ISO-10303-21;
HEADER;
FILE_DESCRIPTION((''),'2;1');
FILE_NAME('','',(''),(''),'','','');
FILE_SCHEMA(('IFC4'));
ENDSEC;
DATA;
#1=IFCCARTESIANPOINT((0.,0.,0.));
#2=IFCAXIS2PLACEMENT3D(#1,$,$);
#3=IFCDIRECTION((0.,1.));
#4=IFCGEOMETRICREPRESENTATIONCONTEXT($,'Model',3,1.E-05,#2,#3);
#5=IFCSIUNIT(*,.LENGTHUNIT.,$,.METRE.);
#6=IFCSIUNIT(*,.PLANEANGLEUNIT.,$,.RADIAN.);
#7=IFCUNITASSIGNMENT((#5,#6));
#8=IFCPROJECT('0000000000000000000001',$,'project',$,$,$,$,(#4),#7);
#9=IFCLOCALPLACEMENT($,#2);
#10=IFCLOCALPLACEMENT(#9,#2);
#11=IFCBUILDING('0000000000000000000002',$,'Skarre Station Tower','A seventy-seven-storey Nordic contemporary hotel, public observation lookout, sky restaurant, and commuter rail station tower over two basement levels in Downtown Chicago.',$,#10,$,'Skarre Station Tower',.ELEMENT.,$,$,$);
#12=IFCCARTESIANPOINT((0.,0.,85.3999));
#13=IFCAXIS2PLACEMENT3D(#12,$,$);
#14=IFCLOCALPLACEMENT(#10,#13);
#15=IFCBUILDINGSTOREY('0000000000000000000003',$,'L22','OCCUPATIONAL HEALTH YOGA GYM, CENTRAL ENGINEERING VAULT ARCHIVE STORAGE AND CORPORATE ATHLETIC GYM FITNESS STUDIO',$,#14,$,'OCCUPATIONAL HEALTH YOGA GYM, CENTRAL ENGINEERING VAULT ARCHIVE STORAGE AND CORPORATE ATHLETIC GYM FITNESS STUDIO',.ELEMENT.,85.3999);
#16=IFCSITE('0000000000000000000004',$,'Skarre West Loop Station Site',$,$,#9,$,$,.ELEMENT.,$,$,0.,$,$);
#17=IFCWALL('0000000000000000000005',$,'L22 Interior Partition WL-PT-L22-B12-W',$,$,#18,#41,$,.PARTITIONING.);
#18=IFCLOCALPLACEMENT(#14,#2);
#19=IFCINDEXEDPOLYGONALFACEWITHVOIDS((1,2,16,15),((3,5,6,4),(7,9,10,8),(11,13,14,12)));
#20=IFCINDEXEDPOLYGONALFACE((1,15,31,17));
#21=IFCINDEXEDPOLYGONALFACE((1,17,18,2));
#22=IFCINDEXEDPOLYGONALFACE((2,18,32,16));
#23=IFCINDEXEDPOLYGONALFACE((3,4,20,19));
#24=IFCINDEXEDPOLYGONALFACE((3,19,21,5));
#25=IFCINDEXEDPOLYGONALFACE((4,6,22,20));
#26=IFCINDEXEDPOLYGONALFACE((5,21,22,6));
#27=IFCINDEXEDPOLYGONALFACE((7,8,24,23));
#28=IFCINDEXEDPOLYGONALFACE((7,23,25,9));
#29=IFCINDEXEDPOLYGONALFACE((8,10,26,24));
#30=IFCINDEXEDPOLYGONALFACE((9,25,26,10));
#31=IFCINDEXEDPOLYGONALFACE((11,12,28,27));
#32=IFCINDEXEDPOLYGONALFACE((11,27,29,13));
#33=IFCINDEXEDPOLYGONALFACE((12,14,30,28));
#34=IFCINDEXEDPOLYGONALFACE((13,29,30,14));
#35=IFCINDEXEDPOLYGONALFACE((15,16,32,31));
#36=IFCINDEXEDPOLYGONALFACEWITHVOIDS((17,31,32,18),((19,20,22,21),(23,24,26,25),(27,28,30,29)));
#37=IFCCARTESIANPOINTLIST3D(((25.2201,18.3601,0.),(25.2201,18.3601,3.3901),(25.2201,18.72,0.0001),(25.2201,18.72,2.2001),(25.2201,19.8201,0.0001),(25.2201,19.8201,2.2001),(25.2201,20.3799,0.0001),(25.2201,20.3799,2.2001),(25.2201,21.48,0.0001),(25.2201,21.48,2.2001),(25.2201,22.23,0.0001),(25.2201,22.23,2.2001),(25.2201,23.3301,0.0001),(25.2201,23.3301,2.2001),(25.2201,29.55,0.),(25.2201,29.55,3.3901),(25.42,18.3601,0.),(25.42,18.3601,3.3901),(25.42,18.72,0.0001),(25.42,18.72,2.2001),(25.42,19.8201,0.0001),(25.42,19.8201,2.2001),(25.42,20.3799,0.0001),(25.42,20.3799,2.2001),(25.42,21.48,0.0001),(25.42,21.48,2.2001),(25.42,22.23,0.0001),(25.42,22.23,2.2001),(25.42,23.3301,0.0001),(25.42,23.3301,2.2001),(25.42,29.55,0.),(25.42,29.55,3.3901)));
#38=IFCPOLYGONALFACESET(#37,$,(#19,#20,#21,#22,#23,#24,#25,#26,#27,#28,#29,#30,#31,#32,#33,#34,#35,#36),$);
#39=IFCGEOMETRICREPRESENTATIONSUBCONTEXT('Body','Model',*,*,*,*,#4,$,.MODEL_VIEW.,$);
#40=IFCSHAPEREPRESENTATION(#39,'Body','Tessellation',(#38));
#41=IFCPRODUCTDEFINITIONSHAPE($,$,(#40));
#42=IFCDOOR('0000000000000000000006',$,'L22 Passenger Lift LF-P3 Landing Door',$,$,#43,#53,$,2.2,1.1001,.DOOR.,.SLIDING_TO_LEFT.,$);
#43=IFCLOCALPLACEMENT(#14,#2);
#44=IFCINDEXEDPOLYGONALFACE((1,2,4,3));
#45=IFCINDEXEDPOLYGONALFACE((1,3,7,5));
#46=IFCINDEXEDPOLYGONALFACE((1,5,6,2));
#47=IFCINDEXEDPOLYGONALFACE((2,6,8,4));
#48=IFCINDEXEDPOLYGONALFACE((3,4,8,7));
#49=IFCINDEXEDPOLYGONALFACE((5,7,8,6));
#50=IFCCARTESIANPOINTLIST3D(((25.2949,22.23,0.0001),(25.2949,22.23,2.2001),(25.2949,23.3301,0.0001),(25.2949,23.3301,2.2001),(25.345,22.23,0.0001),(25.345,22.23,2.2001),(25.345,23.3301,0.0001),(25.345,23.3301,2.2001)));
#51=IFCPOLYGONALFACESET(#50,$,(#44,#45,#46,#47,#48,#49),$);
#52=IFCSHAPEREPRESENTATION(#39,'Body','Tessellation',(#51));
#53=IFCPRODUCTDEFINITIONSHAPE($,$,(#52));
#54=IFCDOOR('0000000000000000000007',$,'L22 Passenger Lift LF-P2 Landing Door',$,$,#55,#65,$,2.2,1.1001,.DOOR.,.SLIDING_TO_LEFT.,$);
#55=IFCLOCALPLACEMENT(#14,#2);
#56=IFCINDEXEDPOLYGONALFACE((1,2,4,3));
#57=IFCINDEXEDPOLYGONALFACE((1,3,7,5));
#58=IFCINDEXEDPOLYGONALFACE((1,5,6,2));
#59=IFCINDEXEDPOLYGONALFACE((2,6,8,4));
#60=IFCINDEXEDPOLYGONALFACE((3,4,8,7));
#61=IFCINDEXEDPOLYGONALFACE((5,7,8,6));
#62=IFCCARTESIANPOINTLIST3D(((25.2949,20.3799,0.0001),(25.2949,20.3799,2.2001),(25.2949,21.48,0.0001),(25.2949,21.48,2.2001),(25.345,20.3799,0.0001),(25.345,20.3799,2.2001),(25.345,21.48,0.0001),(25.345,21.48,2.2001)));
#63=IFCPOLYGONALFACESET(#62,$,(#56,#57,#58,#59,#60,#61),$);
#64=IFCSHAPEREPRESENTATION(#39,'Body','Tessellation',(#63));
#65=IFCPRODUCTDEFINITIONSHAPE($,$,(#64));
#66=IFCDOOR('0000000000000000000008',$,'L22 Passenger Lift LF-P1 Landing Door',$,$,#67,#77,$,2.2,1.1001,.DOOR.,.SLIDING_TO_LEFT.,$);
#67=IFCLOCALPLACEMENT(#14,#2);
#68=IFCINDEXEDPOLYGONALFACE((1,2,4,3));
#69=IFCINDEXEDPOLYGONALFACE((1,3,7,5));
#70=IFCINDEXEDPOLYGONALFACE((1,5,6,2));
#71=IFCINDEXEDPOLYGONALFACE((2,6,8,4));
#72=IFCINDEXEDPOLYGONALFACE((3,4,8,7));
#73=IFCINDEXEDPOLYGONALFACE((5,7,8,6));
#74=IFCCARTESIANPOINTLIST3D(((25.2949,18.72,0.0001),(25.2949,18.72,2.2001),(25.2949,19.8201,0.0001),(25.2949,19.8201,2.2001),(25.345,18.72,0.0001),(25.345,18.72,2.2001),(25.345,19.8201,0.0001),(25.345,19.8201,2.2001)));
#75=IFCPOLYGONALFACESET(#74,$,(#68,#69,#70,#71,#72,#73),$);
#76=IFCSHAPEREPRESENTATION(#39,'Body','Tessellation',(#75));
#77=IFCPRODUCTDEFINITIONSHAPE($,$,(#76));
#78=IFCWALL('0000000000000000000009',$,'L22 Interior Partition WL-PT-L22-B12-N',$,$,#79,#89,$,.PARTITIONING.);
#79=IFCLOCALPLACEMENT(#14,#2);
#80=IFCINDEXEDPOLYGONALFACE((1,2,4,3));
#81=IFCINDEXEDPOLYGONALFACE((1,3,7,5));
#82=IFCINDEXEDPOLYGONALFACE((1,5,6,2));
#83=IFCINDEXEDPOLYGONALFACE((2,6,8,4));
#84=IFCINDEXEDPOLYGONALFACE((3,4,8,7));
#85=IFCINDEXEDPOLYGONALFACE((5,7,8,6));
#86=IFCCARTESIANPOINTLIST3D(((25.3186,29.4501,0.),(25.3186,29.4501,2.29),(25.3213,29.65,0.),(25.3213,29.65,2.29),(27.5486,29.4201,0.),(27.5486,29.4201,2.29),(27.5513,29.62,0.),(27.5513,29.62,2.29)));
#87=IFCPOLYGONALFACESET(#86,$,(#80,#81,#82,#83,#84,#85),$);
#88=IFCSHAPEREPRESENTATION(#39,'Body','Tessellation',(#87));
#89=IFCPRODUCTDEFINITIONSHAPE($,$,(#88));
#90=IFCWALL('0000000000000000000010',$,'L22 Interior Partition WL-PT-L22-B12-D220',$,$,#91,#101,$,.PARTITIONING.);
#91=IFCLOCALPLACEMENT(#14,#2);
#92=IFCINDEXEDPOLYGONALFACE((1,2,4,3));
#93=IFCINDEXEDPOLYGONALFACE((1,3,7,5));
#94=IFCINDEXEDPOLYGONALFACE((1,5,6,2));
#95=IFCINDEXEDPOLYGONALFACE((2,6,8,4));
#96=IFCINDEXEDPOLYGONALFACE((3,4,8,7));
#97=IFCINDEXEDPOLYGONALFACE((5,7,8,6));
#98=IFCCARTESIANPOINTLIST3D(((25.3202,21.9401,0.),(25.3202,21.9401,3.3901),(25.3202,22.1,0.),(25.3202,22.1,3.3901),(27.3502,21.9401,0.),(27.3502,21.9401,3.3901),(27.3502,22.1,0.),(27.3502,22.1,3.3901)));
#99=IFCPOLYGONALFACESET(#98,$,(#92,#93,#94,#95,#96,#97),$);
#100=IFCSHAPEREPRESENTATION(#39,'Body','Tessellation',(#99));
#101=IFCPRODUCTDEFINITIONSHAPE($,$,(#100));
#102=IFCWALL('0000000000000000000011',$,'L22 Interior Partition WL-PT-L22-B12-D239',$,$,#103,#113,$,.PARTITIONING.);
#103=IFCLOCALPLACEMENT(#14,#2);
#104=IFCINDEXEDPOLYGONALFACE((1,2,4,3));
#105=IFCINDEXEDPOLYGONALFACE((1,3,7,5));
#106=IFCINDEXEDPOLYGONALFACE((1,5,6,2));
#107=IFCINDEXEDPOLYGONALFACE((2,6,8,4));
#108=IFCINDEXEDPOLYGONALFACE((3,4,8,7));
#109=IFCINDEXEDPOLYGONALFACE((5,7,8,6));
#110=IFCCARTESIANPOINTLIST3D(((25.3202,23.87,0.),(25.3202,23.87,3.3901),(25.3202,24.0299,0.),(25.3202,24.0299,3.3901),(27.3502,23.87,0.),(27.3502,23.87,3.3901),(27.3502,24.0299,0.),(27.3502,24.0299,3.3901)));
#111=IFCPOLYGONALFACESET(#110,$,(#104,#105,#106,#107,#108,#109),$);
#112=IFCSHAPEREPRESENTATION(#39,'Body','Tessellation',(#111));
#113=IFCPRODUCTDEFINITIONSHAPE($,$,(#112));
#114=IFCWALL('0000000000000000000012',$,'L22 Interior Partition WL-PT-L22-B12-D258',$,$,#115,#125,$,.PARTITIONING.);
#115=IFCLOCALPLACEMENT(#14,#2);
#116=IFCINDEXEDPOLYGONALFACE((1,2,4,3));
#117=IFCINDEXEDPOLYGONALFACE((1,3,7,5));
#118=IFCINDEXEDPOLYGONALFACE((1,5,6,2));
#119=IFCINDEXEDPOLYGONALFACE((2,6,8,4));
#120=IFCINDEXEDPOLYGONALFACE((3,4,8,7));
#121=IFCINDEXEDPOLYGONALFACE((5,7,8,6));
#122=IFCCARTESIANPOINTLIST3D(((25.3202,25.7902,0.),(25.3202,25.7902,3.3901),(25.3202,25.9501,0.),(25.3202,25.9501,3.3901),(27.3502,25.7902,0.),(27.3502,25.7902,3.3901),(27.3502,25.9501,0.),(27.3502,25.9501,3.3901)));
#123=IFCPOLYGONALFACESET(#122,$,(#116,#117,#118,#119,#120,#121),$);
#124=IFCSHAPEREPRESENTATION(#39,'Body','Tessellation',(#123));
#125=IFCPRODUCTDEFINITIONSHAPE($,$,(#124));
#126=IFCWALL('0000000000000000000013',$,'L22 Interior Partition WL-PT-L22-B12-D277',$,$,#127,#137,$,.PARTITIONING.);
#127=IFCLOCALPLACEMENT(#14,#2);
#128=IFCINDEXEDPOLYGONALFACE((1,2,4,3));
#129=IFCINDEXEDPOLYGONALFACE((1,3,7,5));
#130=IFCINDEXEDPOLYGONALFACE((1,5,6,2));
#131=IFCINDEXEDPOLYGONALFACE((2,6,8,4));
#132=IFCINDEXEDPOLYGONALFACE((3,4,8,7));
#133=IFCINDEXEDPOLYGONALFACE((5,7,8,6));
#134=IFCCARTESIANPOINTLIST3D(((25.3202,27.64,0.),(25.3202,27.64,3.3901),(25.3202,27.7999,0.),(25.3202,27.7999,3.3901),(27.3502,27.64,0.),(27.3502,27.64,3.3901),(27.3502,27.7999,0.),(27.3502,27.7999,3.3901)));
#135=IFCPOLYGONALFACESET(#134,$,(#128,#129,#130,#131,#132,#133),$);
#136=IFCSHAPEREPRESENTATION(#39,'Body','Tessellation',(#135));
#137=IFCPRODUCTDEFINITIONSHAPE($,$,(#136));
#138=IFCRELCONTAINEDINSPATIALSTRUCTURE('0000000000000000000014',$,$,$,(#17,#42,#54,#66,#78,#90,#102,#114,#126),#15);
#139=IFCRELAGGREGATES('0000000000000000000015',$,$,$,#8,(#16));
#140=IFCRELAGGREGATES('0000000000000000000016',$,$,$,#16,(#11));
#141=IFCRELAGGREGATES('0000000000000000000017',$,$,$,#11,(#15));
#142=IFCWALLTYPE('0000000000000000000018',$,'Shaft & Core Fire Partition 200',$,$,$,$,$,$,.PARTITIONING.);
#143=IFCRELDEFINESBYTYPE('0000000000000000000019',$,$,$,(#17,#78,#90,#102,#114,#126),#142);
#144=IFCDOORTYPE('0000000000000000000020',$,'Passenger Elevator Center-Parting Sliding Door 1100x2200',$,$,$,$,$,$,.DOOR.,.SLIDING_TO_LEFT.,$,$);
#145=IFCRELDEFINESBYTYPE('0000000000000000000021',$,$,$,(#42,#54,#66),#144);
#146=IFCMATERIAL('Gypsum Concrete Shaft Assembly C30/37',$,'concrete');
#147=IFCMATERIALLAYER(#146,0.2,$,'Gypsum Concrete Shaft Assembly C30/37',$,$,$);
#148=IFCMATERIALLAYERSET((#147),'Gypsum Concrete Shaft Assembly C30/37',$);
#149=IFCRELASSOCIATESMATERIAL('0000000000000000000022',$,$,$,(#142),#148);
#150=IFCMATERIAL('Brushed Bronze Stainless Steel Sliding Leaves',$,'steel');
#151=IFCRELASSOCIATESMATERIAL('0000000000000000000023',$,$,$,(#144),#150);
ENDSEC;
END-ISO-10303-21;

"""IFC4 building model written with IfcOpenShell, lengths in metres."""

from ifc_helpers import new_model, si_unit, direction, frame, frame_2d, origin, place, context, subcontext, project, spatial, rectangle, extrude, material, layer, layer_set, type_object, element, fill, save


model = new_model("IFC4")

# Units and contexts
model_context = context("Model", 3, precision=1e-05, world=origin(), true_north=direction((0.0, 1.0)))
body_context = subcontext(model_context, "Body", "Model", "MODEL_VIEW")
ifc_project = project(units=[si_unit("LENGTHUNIT", "METRE"), si_unit("PLANEANGLEUNIT", "RADIAN")], contexts=[model_context])

# Site, building, storey
site_placement = place(None, origin())
site = spatial("IfcSite", under=ifc_project, at=site_placement, Name="Skarre West Loop Station Site", CompositionType="ELEMENT", RefElevation=0.0)
building_placement = place(site_placement, origin())
building = spatial("IfcBuilding", under=site, at=building_placement, Name="Skarre Station Tower", Description="A seventy-seven-storey Nordic contemporary hotel, public observation lookout, sky restaurant, and commuter rail station tower over two basement levels in Downtown Chicago.", LongName="Skarre Station Tower", CompositionType="ELEMENT")
storey_placement = place(building_placement, frame((0.0, 0.0, 85.3999)))
storey = spatial("IfcBuildingStorey", under=building, at=storey_placement, Name="L22", Description="OCCUPATIONAL HEALTH YOGA GYM, CENTRAL ENGINEERING VAULT ARCHIVE STORAGE AND CORPORATE ATHLETIC GYM FITNESS STUDIO", LongName="OCCUPATIONAL HEALTH YOGA GYM, CENTRAL ENGINEERING VAULT ARCHIVE STORAGE AND CORPORATE ATHLETIC GYM FITNESS STUDIO", CompositionType="ELEMENT", Elevation=85.3999)

# Shared definitions
ifc_material_1 = material(Name="Gypsum Concrete Shaft Assembly C30/37", Category="concrete")
ifc_layer_1 = layer(ifc_material_1, 0.2, Name="Gypsum Concrete Shaft Assembly C30/37")
ifc_layer_set_1 = layer_set([ifc_layer_1], Name="Gypsum Concrete Shaft Assembly C30/37")
wall_type_1 = type_object("IfcWallType", Name="Shaft & Core Fire Partition 200", PredefinedType="PARTITIONING", material=ifc_layer_set_1)

# Wall, openings, doors
wall_1_placement = place(storey_placement, frame((25.3201, 29.55, 0.0), z_axis=(0.0, 0.0, 1.0), x_axis=(0.0, -1.0, 0.0)))
wall_1 = element("IfcWall", 1, at=wall_1_placement, inside=storey, type_object=wall_type_1, Name="L22 Interior Partition WL-PT-L22-B12-W", PredefinedType="PARTITIONING", context=body_context, shape_type="SweptSolid", body=[
    extrude(rectangle(XDim=11.1899, YDim=0.2, at=frame_2d((5.595, 0.0))), origin(), (0.0, 0.0, 1.0), 3.3901),
])
opening_1_placement = place(wall_1_placement, frame((6.22, 0.0, 0.0)))
opening_1 = element("IfcOpeningElement", 2, at=opening_1_placement, cuts=wall_1, PredefinedType="OPENING", context=body_context, shape_type="SweptSolid", body=[
    extrude(rectangle(XDim=1.1001, YDim=2.2, at=frame_2d((0.55, 1.1001))), frame((0.0, 0.1099, 0.0), z_axis=(0.0, -1.0, 0.0), x_axis=(1.0, 0.0, 0.0)), (0.0, 0.0, 1.0), 0.22),
])
opening_2_placement = place(wall_1_placement, frame((8.0701, 0.0, 0.0)))
opening_2 = element("IfcOpeningElement", 3, at=opening_2_placement, cuts=wall_1, PredefinedType="OPENING", context=body_context, shape_type="SweptSolid", body=[
    extrude(rectangle(XDim=1.1001, YDim=2.2, at=frame_2d((0.55, 1.1001))), frame((0.0, 0.1099, 0.0), z_axis=(0.0, -1.0, 0.0), x_axis=(1.0, 0.0, 0.0)), (0.0, 0.0, 1.0), 0.22),
])
opening_3_placement = place(wall_1_placement, frame((9.73, 0.0, 0.0)))
opening_3 = element("IfcOpeningElement", 4, at=opening_3_placement, cuts=wall_1, PredefinedType="OPENING", context=body_context, shape_type="SweptSolid", body=[
    extrude(rectangle(XDim=1.1001, YDim=2.2, at=frame_2d((0.55, 1.1001))), frame((0.0, 0.1099, 0.0), z_axis=(0.0, -1.0, 0.0), x_axis=(1.0, 0.0, 0.0)), (0.0, 0.0, 1.0), 0.22),
])
ifc_material_2 = material(Name="Brushed Bronze Stainless Steel Sliding Leaves", Category="steel")
door_type_1 = type_object("IfcDoorType", Name="Passenger Elevator Center-Parting Sliding Door 1100x2200", OperationType="SLIDING_TO_LEFT", PredefinedType="DOOR", material=ifc_material_2)
door_1_placement = place(opening_1_placement, origin())
door_1 = element("IfcDoor", 5, at=door_1_placement, inside=storey, type_object=door_type_1, Name="L22 Passenger Lift LF-P3 Landing Door", OperationType="SLIDING_TO_LEFT", OverallHeight=2.2, OverallWidth=1.1001, PredefinedType="DOOR", context=body_context, shape_type="SweptSolid", body=[
    extrude(rectangle(XDim=1.1001, YDim=2.2, at=frame_2d((0.55, 1.1001))), frame((0.0, 0.0249, 0.0), z_axis=(0.0, -1.0, 0.0), x_axis=(1.0, 0.0, 0.0)), (0.0, 0.0, 1.0), 0.05),
])
fill(opening_1, door_1)
door_2_placement = place(opening_2_placement, origin())
door_2 = element("IfcDoor", 6, at=door_2_placement, inside=storey, type_object=door_type_1, Name="L22 Passenger Lift LF-P2 Landing Door", OperationType="SLIDING_TO_LEFT", OverallHeight=2.2, OverallWidth=1.1001, PredefinedType="DOOR", context=body_context, shape_type="SweptSolid", body=[
    extrude(rectangle(XDim=1.1001, YDim=2.2, at=frame_2d((0.55, 1.1001))), frame((0.0, 0.0249, 0.0), z_axis=(0.0, -1.0, 0.0), x_axis=(1.0, 0.0, 0.0)), (0.0, 0.0, 1.0), 0.05),
])
fill(opening_2, door_2)
door_3_placement = place(opening_3_placement, origin())
door_3 = element("IfcDoor", 7, at=door_3_placement, inside=storey, type_object=door_type_1, Name="L22 Passenger Lift LF-P1 Landing Door", OperationType="SLIDING_TO_LEFT", OverallHeight=2.2, OverallWidth=1.1001, PredefinedType="DOOR", context=body_context, shape_type="SweptSolid", body=[
    extrude(rectangle(XDim=1.1001, YDim=2.2, at=frame_2d((0.55, 1.1001))), frame((0.0, 0.0249, 0.0), z_axis=(0.0, -1.0, 0.0), x_axis=(1.0, 0.0, 0.0)), (0.0, 0.0, 1.0), 0.05),
])
fill(opening_3, door_3)

# Walls
wall_2_placement = place(storey_placement, frame((27.55, 29.52, 0.0), z_axis=(0.0, 0.0, 1.0), x_axis=(-0.999909, 0.013465, 0.0)))
element("IfcWall", 8, at=wall_2_placement, inside=storey, type_object=wall_type_1, Name="L22 Interior Partition WL-PT-L22-B12-N", PredefinedType="PARTITIONING", context=body_context, shape_type="SweptSolid", body=[
    extrude(rectangle(XDim=2.2302, YDim=0.2, at=frame_2d((1.1152, 0.0))), origin(), (0.0, 0.0, 1.0), 2.29),
])
for number, where, z_axis, x_axis, name in (
    (9, (25.3201, 22.02, 0.0), (0.0, 0.0, 1.0), (1.0, 0.0, 0.0), "L22 Interior Partition WL-PT-L22-B12-D220"),
    (10, (25.3201, 23.95, 0.0), (0.0, 0.0, 1.0), (1.0, 0.0, 0.0), "L22 Interior Partition WL-PT-L22-B12-D239"),
    (11, (25.3201, 25.8701, 0.0), (0.0, 0.0, 1.0), (1.0, 0.0, 0.0), "L22 Interior Partition WL-PT-L22-B12-D258"),
    (12, (25.3201, 27.72, 0.0), (0.0, 0.0, 1.0), (1.0, 0.0, 0.0), "L22 Interior Partition WL-PT-L22-B12-D277"),
):
    element("IfcWall", number, at=place(storey_placement, frame(where, z_axis=z_axis, x_axis=x_axis)), inside=storey, type_object=wall_type_1, Name=name, PredefinedType="PARTITIONING", context=body_context, shape_type="SweptSolid", body=[
        extrude(rectangle(XDim=2.03, YDim=0.1599, at=frame_2d((1.0151, 0.0))), origin(), (0.0, 0.0, 1.0), 3.3901),
    ])

save(model, "model.ifc")
